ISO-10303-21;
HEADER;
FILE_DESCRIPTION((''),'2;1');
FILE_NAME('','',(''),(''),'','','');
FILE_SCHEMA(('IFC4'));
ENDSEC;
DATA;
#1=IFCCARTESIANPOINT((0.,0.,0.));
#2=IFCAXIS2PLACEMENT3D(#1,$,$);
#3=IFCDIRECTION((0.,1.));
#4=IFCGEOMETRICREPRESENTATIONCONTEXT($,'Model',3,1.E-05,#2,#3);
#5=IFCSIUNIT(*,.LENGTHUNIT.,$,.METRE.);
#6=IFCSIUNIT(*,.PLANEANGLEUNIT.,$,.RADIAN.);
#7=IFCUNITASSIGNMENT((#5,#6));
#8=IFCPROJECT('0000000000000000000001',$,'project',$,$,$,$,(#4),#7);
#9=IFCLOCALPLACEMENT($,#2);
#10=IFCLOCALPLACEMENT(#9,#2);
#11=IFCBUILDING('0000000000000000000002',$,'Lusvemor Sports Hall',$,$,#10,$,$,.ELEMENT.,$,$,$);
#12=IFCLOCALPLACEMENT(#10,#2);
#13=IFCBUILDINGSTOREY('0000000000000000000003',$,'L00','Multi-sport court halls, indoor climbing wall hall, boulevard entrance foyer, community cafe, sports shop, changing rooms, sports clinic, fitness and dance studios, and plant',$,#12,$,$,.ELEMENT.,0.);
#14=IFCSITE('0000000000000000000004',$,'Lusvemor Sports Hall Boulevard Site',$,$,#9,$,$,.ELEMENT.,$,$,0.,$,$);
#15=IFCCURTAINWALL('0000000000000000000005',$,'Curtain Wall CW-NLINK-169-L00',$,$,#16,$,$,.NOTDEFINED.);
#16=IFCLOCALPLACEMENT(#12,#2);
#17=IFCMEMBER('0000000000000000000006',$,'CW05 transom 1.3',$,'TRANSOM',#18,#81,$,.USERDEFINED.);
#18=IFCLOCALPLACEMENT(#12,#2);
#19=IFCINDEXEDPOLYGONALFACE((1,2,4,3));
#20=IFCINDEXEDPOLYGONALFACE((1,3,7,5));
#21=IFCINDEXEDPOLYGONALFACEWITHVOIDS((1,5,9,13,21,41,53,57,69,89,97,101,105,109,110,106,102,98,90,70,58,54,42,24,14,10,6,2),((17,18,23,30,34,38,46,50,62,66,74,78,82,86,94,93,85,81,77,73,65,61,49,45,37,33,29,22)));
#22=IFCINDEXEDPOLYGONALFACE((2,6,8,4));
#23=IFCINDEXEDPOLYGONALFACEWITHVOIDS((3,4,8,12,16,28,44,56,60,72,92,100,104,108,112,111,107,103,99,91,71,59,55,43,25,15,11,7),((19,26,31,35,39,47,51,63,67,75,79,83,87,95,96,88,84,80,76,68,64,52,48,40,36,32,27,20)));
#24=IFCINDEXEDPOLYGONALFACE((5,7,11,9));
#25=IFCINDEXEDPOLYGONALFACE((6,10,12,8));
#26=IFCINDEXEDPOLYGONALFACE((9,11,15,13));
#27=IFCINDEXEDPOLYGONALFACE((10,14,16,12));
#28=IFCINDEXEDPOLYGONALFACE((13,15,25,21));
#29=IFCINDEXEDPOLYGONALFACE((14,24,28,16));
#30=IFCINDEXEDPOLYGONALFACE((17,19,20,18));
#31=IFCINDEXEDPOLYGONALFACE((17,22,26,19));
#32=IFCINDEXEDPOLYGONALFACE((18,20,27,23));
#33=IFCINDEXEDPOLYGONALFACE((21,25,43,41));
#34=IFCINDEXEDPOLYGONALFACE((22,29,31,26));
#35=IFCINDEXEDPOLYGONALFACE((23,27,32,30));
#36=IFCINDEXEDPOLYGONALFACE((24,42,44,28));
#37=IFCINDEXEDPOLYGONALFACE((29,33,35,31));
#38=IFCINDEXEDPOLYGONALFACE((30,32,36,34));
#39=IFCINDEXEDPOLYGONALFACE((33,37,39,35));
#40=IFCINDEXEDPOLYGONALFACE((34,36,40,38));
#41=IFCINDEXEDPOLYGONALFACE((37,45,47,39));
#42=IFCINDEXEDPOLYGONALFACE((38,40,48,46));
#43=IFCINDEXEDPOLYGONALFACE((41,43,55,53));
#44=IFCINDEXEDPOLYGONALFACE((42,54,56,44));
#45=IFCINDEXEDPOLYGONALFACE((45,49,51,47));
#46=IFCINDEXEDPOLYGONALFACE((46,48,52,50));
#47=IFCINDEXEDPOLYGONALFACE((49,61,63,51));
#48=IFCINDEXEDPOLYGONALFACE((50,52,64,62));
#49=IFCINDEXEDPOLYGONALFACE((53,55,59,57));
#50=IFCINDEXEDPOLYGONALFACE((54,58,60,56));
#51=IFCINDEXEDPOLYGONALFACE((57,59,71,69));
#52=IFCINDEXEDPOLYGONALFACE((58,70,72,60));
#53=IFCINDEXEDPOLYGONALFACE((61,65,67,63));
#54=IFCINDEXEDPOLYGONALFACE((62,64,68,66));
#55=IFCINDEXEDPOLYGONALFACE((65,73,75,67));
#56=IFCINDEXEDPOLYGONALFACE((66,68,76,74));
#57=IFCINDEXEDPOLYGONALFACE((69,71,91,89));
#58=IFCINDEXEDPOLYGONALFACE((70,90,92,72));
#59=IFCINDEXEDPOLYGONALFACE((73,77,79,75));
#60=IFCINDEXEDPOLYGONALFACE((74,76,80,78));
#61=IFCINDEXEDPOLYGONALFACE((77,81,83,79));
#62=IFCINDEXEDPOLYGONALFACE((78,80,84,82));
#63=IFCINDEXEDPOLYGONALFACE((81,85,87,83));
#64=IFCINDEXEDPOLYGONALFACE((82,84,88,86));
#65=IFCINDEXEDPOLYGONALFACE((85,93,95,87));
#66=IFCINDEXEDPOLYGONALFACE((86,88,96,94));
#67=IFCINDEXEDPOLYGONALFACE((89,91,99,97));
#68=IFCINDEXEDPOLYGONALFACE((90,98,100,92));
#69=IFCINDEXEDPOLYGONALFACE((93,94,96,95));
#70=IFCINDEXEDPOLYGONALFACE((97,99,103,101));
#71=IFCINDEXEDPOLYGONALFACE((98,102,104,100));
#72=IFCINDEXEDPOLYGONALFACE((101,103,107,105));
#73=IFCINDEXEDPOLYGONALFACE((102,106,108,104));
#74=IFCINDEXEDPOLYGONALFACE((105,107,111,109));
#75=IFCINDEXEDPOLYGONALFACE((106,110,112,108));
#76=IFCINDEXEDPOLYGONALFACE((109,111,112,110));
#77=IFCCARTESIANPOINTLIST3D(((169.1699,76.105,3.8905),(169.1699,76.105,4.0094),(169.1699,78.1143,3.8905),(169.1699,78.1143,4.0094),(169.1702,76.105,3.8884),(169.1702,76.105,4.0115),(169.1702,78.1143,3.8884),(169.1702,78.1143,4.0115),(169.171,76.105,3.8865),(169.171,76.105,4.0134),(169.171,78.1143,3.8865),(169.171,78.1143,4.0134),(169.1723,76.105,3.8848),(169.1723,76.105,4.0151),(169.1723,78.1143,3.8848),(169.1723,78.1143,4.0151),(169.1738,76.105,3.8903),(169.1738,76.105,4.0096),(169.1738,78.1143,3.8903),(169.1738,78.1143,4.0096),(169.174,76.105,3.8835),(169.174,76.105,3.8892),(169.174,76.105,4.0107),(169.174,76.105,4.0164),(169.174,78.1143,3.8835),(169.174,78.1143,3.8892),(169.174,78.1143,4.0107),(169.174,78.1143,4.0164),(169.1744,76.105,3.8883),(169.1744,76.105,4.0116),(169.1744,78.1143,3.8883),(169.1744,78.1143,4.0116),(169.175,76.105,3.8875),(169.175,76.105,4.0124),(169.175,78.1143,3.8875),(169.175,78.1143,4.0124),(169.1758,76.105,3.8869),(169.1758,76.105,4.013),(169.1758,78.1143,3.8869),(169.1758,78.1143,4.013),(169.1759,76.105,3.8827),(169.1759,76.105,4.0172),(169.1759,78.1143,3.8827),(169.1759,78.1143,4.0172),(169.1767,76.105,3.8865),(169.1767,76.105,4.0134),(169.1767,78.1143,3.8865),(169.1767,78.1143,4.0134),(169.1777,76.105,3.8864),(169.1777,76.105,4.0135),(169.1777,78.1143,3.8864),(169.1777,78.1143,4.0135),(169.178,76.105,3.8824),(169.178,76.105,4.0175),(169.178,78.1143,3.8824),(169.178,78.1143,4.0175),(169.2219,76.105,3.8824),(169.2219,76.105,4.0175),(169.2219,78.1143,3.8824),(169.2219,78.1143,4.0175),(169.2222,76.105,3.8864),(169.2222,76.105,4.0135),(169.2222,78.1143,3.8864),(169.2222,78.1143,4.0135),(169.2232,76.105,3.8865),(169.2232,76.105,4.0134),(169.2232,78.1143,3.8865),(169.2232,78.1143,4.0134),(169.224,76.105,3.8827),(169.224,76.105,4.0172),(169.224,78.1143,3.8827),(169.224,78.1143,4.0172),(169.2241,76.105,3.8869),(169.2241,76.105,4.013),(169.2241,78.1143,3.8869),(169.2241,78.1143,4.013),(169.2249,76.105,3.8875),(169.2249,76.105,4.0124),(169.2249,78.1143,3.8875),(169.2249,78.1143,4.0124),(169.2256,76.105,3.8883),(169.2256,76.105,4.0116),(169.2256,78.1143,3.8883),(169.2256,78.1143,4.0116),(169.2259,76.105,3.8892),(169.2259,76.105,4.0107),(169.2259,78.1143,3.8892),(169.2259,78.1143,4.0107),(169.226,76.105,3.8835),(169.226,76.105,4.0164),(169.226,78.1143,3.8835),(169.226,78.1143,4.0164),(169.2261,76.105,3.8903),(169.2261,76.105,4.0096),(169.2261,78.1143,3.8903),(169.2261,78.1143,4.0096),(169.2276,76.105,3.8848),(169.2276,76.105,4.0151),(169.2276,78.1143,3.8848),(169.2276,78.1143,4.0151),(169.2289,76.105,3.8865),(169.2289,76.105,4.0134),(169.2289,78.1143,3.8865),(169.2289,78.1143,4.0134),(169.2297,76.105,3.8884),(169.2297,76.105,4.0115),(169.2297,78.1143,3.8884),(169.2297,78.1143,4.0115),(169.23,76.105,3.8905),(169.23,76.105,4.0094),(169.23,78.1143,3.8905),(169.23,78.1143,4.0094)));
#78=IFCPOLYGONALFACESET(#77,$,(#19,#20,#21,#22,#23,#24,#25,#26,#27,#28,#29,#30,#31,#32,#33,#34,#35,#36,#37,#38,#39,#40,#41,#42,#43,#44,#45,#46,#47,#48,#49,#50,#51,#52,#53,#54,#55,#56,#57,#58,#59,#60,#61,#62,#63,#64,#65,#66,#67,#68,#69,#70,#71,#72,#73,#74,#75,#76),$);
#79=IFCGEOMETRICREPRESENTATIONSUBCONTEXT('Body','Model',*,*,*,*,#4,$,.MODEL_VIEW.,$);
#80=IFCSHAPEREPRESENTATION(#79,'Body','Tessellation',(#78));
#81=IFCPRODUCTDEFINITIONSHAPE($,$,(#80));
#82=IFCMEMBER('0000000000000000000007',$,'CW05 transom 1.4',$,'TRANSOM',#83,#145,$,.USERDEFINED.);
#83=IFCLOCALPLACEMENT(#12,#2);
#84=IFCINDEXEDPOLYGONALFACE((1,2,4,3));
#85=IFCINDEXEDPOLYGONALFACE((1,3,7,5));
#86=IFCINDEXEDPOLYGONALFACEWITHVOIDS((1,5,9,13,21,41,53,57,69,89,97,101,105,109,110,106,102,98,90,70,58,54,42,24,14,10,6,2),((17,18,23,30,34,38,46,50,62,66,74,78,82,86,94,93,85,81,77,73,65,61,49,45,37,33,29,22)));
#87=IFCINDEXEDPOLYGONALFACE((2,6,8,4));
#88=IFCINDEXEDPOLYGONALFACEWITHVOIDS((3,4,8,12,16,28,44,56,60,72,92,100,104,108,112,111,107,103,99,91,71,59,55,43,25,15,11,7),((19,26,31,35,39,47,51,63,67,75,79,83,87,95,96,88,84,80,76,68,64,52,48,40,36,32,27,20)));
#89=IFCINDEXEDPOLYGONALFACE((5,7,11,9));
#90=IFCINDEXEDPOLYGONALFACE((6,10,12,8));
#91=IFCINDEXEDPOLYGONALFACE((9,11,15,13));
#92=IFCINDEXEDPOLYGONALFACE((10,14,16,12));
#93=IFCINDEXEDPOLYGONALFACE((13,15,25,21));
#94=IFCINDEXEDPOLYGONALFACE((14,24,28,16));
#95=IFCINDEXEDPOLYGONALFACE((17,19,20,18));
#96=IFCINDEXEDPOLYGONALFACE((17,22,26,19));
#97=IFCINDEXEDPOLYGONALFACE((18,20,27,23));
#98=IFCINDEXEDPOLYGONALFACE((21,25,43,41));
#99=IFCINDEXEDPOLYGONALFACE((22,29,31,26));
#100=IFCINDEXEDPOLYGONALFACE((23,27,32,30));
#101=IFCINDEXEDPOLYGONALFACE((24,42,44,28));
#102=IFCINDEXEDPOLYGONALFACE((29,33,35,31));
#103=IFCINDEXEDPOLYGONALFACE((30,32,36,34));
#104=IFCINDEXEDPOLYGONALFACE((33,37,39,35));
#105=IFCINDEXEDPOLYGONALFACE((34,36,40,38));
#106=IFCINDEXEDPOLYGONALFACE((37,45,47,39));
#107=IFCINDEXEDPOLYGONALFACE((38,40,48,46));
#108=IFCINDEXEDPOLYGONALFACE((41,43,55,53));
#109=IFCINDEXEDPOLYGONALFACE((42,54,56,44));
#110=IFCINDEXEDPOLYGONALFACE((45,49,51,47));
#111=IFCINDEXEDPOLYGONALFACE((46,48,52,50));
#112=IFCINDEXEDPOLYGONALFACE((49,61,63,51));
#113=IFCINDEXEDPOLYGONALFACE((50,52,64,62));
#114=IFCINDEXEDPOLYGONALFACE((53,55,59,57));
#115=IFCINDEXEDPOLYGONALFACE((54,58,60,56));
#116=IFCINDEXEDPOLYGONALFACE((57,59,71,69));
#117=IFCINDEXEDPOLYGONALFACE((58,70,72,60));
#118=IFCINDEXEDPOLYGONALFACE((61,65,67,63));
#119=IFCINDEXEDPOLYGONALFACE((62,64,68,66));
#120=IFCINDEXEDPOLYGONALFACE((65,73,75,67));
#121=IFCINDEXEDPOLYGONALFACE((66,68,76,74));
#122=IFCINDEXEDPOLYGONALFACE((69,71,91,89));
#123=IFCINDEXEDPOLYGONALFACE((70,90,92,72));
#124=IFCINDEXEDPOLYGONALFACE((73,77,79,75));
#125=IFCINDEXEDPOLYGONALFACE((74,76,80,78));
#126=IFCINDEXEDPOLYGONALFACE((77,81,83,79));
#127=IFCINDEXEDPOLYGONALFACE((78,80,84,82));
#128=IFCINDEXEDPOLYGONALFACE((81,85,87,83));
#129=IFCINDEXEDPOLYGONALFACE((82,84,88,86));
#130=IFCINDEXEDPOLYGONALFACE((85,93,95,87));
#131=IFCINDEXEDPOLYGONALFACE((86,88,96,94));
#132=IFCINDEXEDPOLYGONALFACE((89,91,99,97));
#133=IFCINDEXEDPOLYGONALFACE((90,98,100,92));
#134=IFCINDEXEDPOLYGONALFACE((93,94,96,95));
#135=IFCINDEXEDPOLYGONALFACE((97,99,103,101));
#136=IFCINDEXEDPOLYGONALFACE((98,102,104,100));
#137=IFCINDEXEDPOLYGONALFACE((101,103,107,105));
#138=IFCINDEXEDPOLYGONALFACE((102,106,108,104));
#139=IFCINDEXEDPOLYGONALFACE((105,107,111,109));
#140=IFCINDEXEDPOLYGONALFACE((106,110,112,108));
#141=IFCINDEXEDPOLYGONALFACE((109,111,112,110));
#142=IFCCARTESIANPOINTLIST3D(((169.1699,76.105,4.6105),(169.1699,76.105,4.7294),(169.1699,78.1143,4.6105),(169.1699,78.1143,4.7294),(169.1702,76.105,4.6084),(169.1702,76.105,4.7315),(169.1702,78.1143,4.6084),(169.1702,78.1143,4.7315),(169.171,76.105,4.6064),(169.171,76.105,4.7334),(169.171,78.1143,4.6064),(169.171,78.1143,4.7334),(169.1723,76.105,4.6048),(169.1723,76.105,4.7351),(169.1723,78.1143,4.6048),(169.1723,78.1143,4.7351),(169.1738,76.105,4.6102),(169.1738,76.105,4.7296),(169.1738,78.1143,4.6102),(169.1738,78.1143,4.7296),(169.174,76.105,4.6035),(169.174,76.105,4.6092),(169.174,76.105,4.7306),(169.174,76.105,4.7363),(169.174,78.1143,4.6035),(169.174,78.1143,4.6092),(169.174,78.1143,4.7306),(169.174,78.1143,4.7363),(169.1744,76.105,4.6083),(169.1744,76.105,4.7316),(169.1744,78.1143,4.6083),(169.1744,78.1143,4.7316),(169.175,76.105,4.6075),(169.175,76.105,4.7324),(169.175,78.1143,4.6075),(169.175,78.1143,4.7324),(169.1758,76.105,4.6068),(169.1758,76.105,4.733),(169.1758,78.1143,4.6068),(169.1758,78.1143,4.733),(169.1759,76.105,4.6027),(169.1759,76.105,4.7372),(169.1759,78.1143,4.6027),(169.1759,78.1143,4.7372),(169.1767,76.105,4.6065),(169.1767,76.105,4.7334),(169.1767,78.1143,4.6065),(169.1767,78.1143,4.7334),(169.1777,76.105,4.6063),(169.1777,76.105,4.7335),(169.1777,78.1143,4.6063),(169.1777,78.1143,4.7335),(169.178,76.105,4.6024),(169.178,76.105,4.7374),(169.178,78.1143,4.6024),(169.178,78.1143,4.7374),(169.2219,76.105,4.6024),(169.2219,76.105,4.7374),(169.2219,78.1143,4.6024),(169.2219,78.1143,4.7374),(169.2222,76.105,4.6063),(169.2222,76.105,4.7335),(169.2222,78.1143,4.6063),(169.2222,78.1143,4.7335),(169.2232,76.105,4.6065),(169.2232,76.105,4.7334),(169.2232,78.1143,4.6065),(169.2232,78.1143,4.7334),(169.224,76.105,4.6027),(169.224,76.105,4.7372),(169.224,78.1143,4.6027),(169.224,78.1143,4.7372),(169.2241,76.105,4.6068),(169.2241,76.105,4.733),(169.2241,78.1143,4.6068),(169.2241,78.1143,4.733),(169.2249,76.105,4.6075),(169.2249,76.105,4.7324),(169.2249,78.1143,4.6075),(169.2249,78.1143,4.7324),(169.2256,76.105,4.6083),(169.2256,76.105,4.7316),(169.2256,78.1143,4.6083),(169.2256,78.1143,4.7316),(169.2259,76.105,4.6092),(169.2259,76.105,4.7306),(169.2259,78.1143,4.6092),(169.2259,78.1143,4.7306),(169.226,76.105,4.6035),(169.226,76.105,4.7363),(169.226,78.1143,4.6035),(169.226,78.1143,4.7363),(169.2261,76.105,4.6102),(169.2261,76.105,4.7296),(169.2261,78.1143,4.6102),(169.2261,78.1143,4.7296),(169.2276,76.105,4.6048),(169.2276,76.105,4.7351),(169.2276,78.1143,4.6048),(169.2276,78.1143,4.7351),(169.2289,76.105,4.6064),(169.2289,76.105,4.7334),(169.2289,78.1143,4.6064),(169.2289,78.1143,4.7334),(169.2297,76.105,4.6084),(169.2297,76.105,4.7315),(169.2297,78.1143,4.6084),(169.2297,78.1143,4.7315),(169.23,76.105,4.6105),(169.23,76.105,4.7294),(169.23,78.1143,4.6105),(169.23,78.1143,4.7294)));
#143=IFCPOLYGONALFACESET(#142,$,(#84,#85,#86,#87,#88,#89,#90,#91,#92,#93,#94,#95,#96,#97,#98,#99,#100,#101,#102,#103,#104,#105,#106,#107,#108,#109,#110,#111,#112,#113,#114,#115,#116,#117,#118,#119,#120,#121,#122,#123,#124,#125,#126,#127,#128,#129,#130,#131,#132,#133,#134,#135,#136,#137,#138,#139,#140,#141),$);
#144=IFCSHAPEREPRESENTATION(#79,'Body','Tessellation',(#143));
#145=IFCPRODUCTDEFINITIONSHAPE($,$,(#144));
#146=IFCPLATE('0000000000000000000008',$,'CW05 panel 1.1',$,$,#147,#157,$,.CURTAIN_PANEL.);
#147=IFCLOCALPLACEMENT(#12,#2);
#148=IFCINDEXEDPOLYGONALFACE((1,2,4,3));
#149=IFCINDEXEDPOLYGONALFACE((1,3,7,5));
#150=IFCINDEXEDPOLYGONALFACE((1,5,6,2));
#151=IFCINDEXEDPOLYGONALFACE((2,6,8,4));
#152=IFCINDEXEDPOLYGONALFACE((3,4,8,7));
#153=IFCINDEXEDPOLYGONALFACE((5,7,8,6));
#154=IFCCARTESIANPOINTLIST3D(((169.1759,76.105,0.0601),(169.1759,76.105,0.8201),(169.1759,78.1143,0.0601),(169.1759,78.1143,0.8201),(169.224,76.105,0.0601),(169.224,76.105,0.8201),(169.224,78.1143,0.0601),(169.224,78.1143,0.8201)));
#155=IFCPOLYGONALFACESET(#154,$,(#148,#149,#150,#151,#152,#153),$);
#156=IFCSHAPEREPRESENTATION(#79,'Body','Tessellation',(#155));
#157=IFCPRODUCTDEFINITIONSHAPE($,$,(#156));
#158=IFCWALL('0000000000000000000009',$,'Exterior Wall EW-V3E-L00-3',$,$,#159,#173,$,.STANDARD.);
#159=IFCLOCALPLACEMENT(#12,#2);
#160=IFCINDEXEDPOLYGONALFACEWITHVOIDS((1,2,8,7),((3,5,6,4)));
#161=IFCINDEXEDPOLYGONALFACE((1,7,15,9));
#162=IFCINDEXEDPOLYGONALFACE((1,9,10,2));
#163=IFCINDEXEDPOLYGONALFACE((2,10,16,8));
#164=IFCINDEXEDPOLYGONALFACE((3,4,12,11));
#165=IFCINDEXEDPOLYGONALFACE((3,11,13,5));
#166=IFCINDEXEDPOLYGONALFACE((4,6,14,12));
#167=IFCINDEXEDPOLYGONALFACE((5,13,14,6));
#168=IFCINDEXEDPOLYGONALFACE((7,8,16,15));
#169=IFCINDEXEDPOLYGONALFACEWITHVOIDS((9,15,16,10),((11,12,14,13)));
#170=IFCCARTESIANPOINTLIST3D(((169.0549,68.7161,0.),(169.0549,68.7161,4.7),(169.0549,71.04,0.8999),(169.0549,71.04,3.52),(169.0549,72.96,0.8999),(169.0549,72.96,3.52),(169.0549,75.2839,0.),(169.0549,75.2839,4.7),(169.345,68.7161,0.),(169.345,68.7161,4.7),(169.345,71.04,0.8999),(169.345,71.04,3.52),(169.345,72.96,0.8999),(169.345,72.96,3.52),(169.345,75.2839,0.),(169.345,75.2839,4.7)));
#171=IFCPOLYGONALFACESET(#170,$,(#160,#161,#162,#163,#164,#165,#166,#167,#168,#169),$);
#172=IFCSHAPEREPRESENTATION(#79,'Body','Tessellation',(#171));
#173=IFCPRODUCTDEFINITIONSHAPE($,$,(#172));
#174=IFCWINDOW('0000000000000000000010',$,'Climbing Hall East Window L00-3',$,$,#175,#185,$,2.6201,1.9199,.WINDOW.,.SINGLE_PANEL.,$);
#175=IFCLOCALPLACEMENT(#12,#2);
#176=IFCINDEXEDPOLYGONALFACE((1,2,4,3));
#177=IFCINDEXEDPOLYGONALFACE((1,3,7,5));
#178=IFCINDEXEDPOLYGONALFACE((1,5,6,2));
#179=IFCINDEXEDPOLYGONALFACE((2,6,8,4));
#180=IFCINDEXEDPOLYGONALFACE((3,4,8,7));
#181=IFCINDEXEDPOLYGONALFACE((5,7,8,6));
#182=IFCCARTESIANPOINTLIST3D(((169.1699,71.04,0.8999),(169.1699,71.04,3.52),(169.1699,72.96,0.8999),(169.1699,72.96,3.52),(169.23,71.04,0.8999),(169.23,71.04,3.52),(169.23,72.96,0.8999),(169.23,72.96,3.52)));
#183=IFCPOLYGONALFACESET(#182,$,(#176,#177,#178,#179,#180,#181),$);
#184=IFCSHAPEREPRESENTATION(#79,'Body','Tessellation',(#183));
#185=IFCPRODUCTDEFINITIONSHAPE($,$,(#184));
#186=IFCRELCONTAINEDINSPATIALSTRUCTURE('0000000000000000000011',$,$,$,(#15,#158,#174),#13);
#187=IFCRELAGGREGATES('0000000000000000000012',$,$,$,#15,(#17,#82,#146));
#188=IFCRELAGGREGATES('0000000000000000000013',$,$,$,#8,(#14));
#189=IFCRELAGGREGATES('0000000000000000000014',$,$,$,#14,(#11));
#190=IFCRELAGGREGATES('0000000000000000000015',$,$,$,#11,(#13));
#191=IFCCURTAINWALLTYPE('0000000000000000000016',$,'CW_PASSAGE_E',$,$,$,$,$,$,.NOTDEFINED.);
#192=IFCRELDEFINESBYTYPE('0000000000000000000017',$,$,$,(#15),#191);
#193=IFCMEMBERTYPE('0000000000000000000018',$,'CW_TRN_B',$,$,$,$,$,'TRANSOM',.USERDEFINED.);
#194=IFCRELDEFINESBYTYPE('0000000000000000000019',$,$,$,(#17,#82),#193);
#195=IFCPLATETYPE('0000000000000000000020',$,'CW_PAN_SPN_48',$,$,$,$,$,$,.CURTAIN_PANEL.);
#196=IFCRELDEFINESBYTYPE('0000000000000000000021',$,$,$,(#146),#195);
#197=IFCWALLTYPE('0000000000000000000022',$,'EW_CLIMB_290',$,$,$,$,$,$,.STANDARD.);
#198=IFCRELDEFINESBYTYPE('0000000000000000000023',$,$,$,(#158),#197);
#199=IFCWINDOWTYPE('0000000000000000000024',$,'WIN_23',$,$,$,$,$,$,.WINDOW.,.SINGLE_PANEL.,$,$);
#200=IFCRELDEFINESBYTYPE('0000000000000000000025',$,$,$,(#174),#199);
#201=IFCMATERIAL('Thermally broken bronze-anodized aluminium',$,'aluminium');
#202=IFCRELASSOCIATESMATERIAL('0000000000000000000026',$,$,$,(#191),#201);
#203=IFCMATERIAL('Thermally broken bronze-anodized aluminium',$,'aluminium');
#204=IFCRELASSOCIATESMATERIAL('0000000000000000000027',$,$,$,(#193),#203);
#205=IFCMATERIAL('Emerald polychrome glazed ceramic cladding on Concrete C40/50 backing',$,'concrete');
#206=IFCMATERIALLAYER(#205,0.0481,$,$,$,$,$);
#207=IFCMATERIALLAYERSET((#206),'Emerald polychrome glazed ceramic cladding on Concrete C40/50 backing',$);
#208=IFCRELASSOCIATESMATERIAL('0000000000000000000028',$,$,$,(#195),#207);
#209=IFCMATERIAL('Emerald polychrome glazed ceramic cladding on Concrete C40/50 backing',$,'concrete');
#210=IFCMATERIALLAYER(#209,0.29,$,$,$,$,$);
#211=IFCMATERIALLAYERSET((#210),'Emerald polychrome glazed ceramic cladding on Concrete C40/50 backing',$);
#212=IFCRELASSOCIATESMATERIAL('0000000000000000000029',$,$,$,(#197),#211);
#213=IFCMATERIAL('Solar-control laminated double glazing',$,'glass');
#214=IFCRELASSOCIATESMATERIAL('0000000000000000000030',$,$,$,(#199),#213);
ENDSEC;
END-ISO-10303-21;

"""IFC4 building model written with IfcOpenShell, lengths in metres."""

from ifc_helpers import new_model, si_unit, direction, frame, frame_2d, origin, origin_2d, place, context, subcontext, project, spatial, rectangle, hollow_rectangle, extrude, material, layer, layer_set, material_profile, profile_set, type_object, element, fill, aggregate, save


model = new_model("IFC4")

# Units and contexts
model_context = context("Model", 3, precision=1e-05, world=origin(), true_north=direction((0.0, 1.0)))
body_context = subcontext(model_context, "Body", "Model", "MODEL_VIEW")
ifc_project = project(units=[si_unit("LENGTHUNIT", "METRE"), si_unit("PLANEANGLEUNIT", "RADIAN")], contexts=[model_context])

# Site, building, storey
site_placement = place(None, origin())
site = spatial("IfcSite", under=ifc_project, at=site_placement, Name="Lusvemor Sports Hall Boulevard Site", CompositionType="ELEMENT", RefElevation=0.0)
building_placement = place(site_placement, origin())
building = spatial("IfcBuilding", under=site, at=building_placement, Name="Lusvemor Sports Hall", CompositionType="ELEMENT")
storey_placement = place(building_placement, origin())
storey = spatial("IfcBuildingStorey", under=building, at=storey_placement, Name="L00", Description="Multi-sport court halls, indoor climbing wall hall, boulevard entrance foyer, community cafe, sports shop, changing rooms, sports clinic, fitness and dance studios, and plant", CompositionType="ELEMENT", Elevation=0.0)

# Curtain wall, members, plate
ifc_material_1 = material(Name="Thermally broken bronze-anodized aluminium", Category="aluminium")
curtain_wall_type = type_object("IfcCurtainWallType", Name="CW_PASSAGE_E", PredefinedType="NOTDEFINED", material=ifc_material_1)
curtain_wall_placement = place(storey_placement, origin())
curtain_wall = element("IfcCurtainWall", 1, at=curtain_wall_placement, inside=storey, type_object=curtain_wall_type, Name="Curtain Wall CW-NLINK-169-L00", PredefinedType="NOTDEFINED")
ifc_material_2 = material(Name="Thermally broken bronze-anodized aluminium", Category="aluminium")
ifc_material_profile_1 = material_profile(ifc_material_2, hollow_rectangle(XDim=0.0601, YDim=0.135, WallThickness=0.0039, InnerFilletRadius=0.0039, OuterFilletRadius=0.0081, at=origin_2d()), Name="CWTRN135x60x4")
ifc_profile_set_1 = profile_set([ifc_material_profile_1], Name="Thermally broken bronze-anodized aluminium")
member_type_1 = type_object("IfcMemberType", Name="CW_TRN_B", ElementType="TRANSOM", PredefinedType="USERDEFINED", material=ifc_profile_set_1)
member_1_placement = place(storey_placement, frame((169.2, 76.105, 3.95), z_axis=(0.0, 1.0, 0.0), x_axis=(-1.0, 0.0, 0.0)))
member_1 = element("IfcMember", 2, at=member_1_placement, type_object=member_type_1, Name="CW05 transom 1.3", ObjectType="TRANSOM", PredefinedType="USERDEFINED", context=body_context, shape_type="SweptSolid", body=[
    extrude(hollow_rectangle(XDim=0.0601, YDim=0.135, WallThickness=0.0039, InnerFilletRadius=0.0039, OuterFilletRadius=0.0081, at=origin_2d()), origin(), (0.0, 0.0, 1.0), 2.0093),
])
member_2_placement = place(storey_placement, frame((169.2, 76.105, 4.6699), z_axis=(0.0, 1.0, 0.0), x_axis=(-1.0, 0.0, 0.0)))
member_2 = element("IfcMember", 3, at=member_2_placement, type_object=member_type_1, Name="CW05 transom 1.4", ObjectType="TRANSOM", PredefinedType="USERDEFINED", context=body_context, shape_type="SweptSolid", body=[
    extrude(hollow_rectangle(XDim=0.0601, YDim=0.135, WallThickness=0.0039, InnerFilletRadius=0.0039, OuterFilletRadius=0.0081, at=origin_2d()), origin(), (0.0, 0.0, 1.0), 2.0093),
])
ifc_material_3 = material(Name="Emerald polychrome glazed ceramic cladding on Concrete C40/50 backing", Category="concrete")
ifc_layer_1 = layer(ifc_material_3, 0.0481)
ifc_layer_set_1 = layer_set([ifc_layer_1], Name="Emerald polychrome glazed ceramic cladding on Concrete C40/50 backing")
plate_type = type_object("IfcPlateType", Name="CW_PAN_SPN_48", PredefinedType="CURTAIN_PANEL", material=ifc_layer_set_1)
plate_placement = place(storey_placement, frame((169.2, 77.1096, 0.0601), z_axis=(0.0, 0.0, 1.0), x_axis=(0.0, 1.0, 0.0)))
plate = element("IfcPlate", 4, at=plate_placement, type_object=plate_type, Name="CW05 panel 1.1", PredefinedType="CURTAIN_PANEL", context=body_context, shape_type="SweptSolid", body=[
    extrude(rectangle(XDim=2.0093, YDim=0.0481, at=origin_2d()), origin(), (0.0, 0.0, 1.0), 0.76),
])
aggregate(curtain_wall, [member_1, member_2, plate])

# Wall, opening, window
ifc_material_4 = material(Name="Emerald polychrome glazed ceramic cladding on Concrete C40/50 backing", Category="concrete")
ifc_layer_2 = layer(ifc_material_4, 0.29)
ifc_layer_set_2 = layer_set([ifc_layer_2], Name="Emerald polychrome glazed ceramic cladding on Concrete C40/50 backing")
wall_type = type_object("IfcWallType", Name="EW_CLIMB_290", PredefinedType="STANDARD", material=ifc_layer_set_2)
wall_placement = place(storey_placement, frame((169.2, 75.2839, 0.0), z_axis=(0.0, 0.0, 1.0), x_axis=(0.0, -1.0, 0.0)))
wall = element("IfcWall", 5, at=wall_placement, inside=storey, type_object=wall_type, Name="Exterior Wall EW-V3E-L00-3", PredefinedType="STANDARD", context=body_context, shape_type="SweptSolid", body=[
    extrude(rectangle(XDim=6.5679, YDim=0.29, at=frame_2d((3.2839, 0.0))), origin(), (0.0, 0.0, 1.0), 4.7),
])
opening_placement = place(wall_placement, frame((2.324, 0.0, 0.8999)))
opening = element("IfcOpeningElement", 6, at=opening_placement, cuts=wall, PredefinedType="OPENING", context=body_context, shape_type="SweptSolid", body=[
    extrude(rectangle(XDim=1.9199, YDim=2.6201, at=frame_2d((0.96, 1.3101))), frame((0.0, 0.145, 0.0), z_axis=(0.0, -1.0, 0.0), x_axis=(1.0, 0.0, 0.0)), (0.0, 0.0, 1.0), 0.29),
])
ifc_material_5 = material(Name="Solar-control laminated double glazing", Category="glass")
window_type = type_object("IfcWindowType", Name="WIN_23", PartitioningType="SINGLE_PANEL", PredefinedType="WINDOW", material=ifc_material_5)
window_placement = place(opening_placement, origin())
window = element("IfcWindow", 7, at=window_placement, inside=storey, type_object=window_type, Name="Climbing Hall East Window L00-3", OverallHeight=2.6201, OverallWidth=1.9199, PartitioningType="SINGLE_PANEL", PredefinedType="WINDOW", context=body_context, shape_type="SweptSolid", body=[
    extrude(rectangle(XDim=1.9199, YDim=2.6201, at=frame_2d((0.96, 1.3101))), frame((0.0, 0.03, 0.0), z_axis=(0.0, -1.0, 0.0), x_axis=(1.0, 0.0, 0.0)), (0.0, 0.0, 1.0), 0.0601),
])
fill(opening, window)

save(model, "model.ifc")
